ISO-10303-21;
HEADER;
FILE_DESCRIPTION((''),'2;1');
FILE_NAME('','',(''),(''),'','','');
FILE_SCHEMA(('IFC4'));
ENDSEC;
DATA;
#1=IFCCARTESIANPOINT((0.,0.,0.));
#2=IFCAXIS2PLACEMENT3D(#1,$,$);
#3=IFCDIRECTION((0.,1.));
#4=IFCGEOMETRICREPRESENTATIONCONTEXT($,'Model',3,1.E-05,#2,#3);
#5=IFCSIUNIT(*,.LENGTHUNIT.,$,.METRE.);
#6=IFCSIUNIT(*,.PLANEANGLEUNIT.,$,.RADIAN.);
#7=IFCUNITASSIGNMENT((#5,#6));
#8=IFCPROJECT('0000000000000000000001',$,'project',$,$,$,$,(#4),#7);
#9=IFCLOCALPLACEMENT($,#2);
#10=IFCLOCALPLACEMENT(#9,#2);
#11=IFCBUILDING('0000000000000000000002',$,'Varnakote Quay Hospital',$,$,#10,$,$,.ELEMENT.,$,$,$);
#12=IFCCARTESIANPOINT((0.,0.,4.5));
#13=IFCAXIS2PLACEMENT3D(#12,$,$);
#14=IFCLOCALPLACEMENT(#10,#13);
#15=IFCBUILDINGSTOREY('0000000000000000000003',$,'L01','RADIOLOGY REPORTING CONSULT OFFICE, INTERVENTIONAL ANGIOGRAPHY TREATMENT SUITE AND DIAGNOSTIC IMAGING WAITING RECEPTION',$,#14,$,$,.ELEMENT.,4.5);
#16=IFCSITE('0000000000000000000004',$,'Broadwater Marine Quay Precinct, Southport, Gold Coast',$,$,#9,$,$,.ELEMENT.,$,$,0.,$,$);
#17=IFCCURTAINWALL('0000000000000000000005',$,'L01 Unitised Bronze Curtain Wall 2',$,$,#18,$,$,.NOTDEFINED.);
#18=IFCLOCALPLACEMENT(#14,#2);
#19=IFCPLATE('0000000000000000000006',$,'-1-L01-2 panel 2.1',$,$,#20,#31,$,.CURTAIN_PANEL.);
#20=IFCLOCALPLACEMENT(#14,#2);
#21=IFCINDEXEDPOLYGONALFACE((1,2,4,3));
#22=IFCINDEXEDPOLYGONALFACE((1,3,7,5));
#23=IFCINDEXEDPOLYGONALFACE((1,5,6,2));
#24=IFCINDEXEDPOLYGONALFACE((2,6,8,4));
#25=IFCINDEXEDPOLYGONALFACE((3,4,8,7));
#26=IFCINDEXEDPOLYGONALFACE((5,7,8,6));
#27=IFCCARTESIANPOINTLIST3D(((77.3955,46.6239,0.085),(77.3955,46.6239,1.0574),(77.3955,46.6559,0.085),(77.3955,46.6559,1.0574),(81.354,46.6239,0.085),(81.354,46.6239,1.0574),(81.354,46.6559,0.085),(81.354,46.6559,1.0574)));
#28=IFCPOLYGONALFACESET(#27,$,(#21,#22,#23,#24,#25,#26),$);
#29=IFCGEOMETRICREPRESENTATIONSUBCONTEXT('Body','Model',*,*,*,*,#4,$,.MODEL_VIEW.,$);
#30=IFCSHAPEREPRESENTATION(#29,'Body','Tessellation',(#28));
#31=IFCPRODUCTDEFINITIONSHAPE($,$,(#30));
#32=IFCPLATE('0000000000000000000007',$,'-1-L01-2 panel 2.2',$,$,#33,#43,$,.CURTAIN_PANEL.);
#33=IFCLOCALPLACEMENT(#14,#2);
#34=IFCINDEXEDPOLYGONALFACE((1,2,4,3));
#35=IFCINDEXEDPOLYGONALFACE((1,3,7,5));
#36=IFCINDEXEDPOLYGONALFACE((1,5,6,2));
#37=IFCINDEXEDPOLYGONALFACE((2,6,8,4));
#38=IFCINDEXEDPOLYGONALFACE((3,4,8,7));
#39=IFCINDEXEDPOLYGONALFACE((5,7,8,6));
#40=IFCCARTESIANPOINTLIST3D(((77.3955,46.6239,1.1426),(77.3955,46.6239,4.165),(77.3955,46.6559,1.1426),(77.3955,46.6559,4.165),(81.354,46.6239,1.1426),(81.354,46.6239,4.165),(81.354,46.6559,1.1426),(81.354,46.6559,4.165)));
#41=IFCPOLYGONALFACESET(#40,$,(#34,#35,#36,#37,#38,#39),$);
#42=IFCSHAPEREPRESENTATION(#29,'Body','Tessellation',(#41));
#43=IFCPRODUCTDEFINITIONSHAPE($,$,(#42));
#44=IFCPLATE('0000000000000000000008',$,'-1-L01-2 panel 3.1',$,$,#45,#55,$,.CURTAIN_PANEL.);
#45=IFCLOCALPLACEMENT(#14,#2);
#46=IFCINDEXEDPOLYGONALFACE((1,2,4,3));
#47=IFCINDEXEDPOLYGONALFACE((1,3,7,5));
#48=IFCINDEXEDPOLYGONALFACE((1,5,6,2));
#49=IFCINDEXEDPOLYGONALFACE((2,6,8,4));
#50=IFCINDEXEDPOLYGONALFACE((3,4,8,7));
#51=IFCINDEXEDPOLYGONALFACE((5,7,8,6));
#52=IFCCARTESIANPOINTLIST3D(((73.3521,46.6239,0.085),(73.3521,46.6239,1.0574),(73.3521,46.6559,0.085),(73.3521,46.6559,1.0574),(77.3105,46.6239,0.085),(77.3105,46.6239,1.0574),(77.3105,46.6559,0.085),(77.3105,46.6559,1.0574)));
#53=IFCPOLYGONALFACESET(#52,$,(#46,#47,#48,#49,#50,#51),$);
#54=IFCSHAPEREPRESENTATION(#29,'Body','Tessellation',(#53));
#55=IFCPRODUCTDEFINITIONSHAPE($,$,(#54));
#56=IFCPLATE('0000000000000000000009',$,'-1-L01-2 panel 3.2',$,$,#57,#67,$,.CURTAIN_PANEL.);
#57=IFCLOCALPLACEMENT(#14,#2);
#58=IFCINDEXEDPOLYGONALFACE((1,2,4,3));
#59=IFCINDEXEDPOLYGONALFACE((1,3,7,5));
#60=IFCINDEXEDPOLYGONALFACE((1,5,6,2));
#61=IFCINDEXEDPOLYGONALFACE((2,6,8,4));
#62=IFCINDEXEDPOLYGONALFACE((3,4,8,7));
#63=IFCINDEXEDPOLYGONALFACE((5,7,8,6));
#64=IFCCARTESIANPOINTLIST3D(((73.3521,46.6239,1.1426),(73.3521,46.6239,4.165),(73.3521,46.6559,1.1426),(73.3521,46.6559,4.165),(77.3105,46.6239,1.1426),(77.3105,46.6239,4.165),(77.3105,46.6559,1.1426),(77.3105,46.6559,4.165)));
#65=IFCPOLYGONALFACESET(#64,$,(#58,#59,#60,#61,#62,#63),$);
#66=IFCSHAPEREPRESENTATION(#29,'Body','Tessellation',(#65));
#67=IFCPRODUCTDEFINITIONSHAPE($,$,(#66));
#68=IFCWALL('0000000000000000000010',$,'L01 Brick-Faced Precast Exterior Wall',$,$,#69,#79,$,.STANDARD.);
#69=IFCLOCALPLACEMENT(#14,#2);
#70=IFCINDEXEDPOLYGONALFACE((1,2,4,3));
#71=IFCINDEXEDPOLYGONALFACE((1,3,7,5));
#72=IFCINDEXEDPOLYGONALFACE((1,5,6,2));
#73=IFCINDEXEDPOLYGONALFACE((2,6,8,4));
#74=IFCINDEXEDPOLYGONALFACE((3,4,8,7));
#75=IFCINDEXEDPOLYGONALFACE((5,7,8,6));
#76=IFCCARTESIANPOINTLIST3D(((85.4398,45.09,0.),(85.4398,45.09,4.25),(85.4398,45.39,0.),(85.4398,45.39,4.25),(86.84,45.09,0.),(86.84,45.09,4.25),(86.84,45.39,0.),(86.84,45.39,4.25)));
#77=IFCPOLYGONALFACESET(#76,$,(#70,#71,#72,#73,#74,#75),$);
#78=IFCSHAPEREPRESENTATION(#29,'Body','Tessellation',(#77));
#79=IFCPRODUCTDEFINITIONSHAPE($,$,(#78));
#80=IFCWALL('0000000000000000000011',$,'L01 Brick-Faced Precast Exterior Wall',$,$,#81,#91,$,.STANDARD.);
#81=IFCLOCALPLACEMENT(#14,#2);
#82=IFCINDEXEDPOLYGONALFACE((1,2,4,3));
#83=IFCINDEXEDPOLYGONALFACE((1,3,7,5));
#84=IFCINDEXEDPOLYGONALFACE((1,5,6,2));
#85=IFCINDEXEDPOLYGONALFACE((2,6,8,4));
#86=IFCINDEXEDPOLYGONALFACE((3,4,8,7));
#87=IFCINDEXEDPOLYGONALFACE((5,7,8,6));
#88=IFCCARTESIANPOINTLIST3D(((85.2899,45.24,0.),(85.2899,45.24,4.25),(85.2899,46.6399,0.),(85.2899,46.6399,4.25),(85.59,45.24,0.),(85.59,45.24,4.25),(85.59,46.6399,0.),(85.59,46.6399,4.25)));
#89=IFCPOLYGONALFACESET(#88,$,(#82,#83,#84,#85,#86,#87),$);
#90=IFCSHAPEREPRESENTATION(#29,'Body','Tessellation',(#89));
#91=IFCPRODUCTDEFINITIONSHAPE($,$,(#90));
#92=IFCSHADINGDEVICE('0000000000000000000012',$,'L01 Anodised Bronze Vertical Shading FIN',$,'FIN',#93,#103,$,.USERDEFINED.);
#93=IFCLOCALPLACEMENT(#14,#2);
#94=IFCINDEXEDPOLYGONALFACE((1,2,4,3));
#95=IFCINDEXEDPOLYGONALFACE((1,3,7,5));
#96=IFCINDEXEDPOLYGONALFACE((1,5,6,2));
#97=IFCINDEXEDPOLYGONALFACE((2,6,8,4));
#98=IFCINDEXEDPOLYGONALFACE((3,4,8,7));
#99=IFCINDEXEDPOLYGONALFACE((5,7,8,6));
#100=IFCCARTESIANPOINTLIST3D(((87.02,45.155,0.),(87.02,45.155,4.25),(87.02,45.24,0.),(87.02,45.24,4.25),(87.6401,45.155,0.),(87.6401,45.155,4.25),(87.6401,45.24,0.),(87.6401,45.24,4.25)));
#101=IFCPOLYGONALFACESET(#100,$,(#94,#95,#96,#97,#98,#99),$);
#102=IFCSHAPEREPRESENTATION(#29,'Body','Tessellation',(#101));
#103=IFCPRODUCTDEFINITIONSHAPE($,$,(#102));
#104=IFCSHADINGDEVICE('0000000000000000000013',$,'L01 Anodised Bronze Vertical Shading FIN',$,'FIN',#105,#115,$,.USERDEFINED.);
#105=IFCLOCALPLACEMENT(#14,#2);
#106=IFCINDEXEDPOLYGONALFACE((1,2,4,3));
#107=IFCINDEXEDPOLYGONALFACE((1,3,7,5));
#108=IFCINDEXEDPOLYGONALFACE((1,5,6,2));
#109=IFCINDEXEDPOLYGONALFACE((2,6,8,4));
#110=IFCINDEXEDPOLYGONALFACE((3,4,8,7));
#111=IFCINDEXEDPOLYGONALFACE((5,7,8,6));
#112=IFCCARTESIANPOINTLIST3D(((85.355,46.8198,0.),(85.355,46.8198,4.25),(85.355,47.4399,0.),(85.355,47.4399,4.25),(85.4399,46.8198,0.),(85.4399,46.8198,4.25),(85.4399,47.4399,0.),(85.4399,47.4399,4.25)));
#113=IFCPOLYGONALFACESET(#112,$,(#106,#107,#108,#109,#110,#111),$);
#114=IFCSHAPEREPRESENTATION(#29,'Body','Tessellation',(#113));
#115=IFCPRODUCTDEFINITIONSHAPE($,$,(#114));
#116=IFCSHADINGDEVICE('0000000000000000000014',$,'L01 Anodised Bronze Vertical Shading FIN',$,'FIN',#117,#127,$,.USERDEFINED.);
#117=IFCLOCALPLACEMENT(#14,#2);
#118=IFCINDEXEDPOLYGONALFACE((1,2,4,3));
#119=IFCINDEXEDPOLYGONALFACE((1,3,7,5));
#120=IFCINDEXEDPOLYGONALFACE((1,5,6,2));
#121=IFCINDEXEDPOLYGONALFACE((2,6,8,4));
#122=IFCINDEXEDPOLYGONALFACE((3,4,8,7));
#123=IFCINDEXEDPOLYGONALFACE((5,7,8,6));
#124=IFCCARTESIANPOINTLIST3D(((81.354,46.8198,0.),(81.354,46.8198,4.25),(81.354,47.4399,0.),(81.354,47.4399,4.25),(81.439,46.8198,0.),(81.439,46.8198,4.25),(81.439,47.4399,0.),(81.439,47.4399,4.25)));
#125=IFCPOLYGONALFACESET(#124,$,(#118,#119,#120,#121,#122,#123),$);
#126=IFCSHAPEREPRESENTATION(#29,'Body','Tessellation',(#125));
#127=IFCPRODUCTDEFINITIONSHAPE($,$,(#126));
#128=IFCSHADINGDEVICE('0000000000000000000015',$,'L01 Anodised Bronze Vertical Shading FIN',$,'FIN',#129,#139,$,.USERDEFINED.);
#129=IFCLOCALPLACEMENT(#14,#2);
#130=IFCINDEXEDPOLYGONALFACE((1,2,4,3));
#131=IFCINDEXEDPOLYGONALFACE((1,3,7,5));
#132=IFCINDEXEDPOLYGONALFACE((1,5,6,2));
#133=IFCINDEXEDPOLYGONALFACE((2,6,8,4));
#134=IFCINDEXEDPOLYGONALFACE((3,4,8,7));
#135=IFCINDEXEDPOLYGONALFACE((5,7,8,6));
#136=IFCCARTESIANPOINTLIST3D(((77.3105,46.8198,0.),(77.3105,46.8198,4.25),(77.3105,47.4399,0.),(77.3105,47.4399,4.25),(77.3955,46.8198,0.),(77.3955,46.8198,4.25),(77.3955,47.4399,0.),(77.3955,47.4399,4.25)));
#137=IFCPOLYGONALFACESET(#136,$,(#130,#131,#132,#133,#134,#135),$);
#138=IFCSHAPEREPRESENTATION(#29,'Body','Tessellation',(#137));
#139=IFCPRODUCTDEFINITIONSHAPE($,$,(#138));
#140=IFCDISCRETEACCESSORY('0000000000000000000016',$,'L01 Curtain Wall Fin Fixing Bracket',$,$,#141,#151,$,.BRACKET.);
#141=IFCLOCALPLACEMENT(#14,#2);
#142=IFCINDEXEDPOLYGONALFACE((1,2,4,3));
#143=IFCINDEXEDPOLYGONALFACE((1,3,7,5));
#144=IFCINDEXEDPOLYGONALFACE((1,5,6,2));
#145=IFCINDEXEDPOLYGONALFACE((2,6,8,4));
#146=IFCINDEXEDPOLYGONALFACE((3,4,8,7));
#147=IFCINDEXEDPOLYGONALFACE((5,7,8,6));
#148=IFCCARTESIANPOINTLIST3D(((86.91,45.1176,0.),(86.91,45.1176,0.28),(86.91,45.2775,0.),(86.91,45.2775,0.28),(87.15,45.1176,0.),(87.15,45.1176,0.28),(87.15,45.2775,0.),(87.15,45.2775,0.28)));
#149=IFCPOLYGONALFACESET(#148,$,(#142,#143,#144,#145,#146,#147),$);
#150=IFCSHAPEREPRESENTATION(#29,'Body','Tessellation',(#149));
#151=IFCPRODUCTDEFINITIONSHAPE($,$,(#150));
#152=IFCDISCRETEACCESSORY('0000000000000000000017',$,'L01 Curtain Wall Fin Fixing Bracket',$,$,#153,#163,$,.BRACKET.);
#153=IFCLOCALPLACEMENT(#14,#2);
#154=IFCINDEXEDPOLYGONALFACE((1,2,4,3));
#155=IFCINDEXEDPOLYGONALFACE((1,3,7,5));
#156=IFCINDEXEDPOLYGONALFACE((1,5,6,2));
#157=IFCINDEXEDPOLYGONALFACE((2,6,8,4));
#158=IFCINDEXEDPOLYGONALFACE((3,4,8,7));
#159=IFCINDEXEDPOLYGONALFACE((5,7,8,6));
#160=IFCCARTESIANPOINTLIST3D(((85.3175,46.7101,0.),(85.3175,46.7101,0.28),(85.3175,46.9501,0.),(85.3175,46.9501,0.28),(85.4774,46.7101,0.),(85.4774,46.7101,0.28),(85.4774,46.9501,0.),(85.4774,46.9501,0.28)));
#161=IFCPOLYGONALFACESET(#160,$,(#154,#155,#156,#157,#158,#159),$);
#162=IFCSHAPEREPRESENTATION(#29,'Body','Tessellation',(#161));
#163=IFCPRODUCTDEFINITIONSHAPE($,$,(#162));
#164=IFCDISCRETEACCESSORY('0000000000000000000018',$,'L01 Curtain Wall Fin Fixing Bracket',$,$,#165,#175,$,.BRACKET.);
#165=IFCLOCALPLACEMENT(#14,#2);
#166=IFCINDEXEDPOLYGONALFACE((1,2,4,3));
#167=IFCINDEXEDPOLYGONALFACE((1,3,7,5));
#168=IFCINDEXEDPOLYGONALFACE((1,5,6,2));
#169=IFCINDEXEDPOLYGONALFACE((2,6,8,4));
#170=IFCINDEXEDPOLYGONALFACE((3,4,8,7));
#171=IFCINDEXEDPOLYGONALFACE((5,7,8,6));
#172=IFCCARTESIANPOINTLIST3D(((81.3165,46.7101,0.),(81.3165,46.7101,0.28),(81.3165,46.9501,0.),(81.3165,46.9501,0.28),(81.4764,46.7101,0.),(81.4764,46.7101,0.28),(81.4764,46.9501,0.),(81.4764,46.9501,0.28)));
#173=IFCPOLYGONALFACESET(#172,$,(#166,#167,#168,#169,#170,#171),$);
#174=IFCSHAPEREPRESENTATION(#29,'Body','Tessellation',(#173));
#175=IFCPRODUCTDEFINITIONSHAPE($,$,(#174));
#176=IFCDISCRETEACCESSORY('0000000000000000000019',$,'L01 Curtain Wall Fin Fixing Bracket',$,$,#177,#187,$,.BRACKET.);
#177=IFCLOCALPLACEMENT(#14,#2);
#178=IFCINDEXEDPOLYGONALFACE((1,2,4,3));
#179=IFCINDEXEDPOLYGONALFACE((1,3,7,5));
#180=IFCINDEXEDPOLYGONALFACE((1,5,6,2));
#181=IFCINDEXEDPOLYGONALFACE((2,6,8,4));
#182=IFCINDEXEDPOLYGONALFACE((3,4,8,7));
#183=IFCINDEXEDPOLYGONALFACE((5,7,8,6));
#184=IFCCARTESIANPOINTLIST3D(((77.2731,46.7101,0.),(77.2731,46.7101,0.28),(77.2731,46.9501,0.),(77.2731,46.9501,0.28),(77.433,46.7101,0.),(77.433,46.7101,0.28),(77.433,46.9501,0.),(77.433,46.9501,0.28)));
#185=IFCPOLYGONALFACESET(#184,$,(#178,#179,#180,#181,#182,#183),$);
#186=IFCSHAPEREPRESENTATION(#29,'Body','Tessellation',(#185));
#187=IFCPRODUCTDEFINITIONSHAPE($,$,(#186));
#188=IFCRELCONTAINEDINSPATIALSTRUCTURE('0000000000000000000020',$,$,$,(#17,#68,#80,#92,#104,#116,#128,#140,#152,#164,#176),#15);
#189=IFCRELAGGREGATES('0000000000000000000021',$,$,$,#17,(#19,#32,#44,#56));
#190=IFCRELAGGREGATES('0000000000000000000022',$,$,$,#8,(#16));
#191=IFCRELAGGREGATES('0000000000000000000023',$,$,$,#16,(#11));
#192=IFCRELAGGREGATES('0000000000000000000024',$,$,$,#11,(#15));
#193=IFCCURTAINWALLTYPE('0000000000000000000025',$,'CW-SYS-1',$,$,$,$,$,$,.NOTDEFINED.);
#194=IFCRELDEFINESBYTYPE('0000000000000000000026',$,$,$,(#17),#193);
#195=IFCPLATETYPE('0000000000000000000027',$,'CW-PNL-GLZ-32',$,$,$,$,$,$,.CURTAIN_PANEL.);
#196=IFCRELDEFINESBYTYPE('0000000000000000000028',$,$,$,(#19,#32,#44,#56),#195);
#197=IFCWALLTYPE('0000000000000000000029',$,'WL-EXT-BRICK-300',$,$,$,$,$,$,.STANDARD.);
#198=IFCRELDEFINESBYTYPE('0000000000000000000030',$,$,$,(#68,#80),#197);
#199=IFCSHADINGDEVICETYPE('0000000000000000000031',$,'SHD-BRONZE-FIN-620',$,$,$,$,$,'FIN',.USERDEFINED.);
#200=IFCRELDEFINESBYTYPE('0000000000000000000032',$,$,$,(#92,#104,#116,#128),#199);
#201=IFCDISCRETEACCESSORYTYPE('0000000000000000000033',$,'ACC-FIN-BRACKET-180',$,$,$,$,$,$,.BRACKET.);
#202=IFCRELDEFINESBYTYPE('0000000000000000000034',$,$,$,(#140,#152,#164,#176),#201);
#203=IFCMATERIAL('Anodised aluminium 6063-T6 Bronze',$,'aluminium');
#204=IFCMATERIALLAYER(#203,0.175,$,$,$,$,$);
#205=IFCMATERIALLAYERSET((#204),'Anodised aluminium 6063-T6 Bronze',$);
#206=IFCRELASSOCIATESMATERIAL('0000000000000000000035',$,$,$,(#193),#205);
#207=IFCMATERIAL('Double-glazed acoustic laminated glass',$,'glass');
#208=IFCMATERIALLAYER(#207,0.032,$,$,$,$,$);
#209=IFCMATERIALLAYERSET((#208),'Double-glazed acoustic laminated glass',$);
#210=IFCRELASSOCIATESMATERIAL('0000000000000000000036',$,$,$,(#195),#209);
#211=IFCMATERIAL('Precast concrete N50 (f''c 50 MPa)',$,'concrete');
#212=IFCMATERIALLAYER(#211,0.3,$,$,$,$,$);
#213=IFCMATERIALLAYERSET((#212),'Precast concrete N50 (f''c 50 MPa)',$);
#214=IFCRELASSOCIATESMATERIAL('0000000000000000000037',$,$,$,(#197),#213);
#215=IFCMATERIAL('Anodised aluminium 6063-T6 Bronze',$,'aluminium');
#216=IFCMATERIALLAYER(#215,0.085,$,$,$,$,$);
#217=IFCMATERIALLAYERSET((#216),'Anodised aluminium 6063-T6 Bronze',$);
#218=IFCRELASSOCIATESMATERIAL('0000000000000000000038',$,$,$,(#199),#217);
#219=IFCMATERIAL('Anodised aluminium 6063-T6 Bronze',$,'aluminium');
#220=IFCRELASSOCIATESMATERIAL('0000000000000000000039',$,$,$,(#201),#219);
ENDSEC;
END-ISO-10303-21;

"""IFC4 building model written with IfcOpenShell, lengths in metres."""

from ifc_helpers import new_model, si_unit, direction, frame, frame_2d, origin, origin_2d, place, context, subcontext, project, spatial, rectangle, extrude, material, layer, layer_set, type_object, element, aggregate, save


model = new_model("IFC4")

# Units and contexts
model_context = context("Model", 3, precision=1e-05, world=origin(), true_north=direction((0.0, 1.0)))
body_context = subcontext(model_context, "Body", "Model", "MODEL_VIEW")
ifc_project = project(units=[si_unit("LENGTHUNIT", "METRE"), si_unit("PLANEANGLEUNIT", "RADIAN")], contexts=[model_context])

# Site, building, storey
site_placement = place(None, origin())
site = spatial("IfcSite", under=ifc_project, at=site_placement, Name="Broadwater Marine Quay Precinct, Southport, Gold Coast", CompositionType="ELEMENT", RefElevation=0.0)
building_placement = place(site_placement, origin())
building = spatial("IfcBuilding", under=site, at=building_placement, Name="Varnakote Quay Hospital", CompositionType="ELEMENT")
storey_placement = place(building_placement, frame((0.0, 0.0, 4.5)))
storey = spatial("IfcBuildingStorey", under=building, at=storey_placement, Name="L01", Description="RADIOLOGY REPORTING CONSULT OFFICE, INTERVENTIONAL ANGIOGRAPHY TREATMENT SUITE AND DIAGNOSTIC IMAGING WAITING RECEPTION", CompositionType="ELEMENT", Elevation=4.5)

# Shared definitions
ifc_material_1 = material(Name="Anodised aluminium 6063-T6 Bronze", Category="aluminium")
ifc_layer_1 = layer(ifc_material_1, 0.175)
ifc_layer_set_1 = layer_set([ifc_layer_1], Name="Anodised aluminium 6063-T6 Bronze")
curtain_wall_type = type_object("IfcCurtainWallType", Name="CW-SYS-1", PredefinedType="NOTDEFINED", material=ifc_layer_set_1)

# Curtain wall
curtain_wall_1_placement = place(storey_placement, origin())
curtain_wall_1 = element("IfcCurtainWall", 1, at=curtain_wall_1_placement, inside=storey, type_object=curtain_wall_type, Name="L01 Unitised Bronze Curtain Wall 2", PredefinedType="NOTDEFINED")

# Plates
ifc_material_2 = material(Name="Double-glazed acoustic laminated glass", Category="glass")
ifc_layer_2 = layer(ifc_material_2, 0.032)
ifc_layer_set_2 = layer_set([ifc_layer_2], Name="Double-glazed acoustic laminated glass")
plate_type = type_object("IfcPlateType", Name="CW-PNL-GLZ-32", PredefinedType="CURTAIN_PANEL", material=ifc_layer_set_2)
plate_1_placement = place(storey_placement, frame((79.3748, 46.6399, 0.085), z_axis=(0.0, 0.0, 1.0), x_axis=(-1.0, 0.0, 0.0)))
plate_1 = element("IfcPlate", 2, at=plate_1_placement, type_object=plate_type, Name="-1-L01-2 panel 2.1", PredefinedType="CURTAIN_PANEL", context=body_context, shape_type="SweptSolid", body=[
    extrude(rectangle(XDim=3.9585, YDim=0.032, at=origin_2d()), origin(), (0.0, 0.0, 1.0), 0.9724),
])
plate_2_placement = place(storey_placement, frame((79.3748, 46.6399, 1.1426), z_axis=(0.0, 0.0, 1.0), x_axis=(-1.0, 0.0, 0.0)))
plate_2 = element("IfcPlate", 3, at=plate_2_placement, type_object=plate_type, Name="-1-L01-2 panel 2.2", PredefinedType="CURTAIN_PANEL", context=body_context, shape_type="SweptSolid", body=[
    extrude(rectangle(XDim=3.9585, YDim=0.032, at=origin_2d()), origin(), (0.0, 0.0, 1.0), 3.0225),
])
plate_3_placement = place(storey_placement, frame((75.3313, 46.6399, 0.085), z_axis=(0.0, 0.0, 1.0), x_axis=(-1.0, 0.0, 0.0)))
plate_3 = element("IfcPlate", 4, at=plate_3_placement, type_object=plate_type, Name="-1-L01-2 panel 3.1", PredefinedType="CURTAIN_PANEL", context=body_context, shape_type="SweptSolid", body=[
    extrude(rectangle(XDim=3.9585, YDim=0.032, at=origin_2d()), origin(), (0.0, 0.0, 1.0), 0.9724),
])
plate_4_placement = place(storey_placement, frame((75.3313, 46.6399, 1.1426), z_axis=(0.0, 0.0, 1.0), x_axis=(-1.0, 0.0, 0.0)))
plate_4 = element("IfcPlate", 5, at=plate_4_placement, type_object=plate_type, Name="-1-L01-2 panel 3.2", PredefinedType="CURTAIN_PANEL", context=body_context, shape_type="SweptSolid", body=[
    extrude(rectangle(XDim=3.9585, YDim=0.032, at=origin_2d()), origin(), (0.0, 0.0, 1.0), 3.0225),
])
aggregate(curtain_wall_1, [plate_1, plate_2, plate_3, plate_4])

# Walls
ifc_material_3 = material(Name="Precast concrete N50 (f'c 50 MPa)", Category="concrete")
ifc_layer_3 = layer(ifc_material_3, 0.3)
ifc_layer_set_3 = layer_set([ifc_layer_3], Name="Precast concrete N50 (f'c 50 MPa)")
wall_type = type_object("IfcWallType", Name="WL-EXT-BRICK-300", PredefinedType="STANDARD", material=ifc_layer_set_3)
wall_1_placement = place(storey_placement, frame((86.8401, 45.24, 0.0), z_axis=(0.0, 0.0, 1.0), x_axis=(-1.0, 0.0, 0.0)))
element("IfcWall", 6, at=wall_1_placement, inside=storey, type_object=wall_type, Name="L01 Brick-Faced Precast Exterior Wall", PredefinedType="STANDARD", context=body_context, shape_type="SweptSolid", body=[
    extrude(rectangle(XDim=1.4001, YDim=0.3, at=frame_2d((0.7002, 0.0))), origin(), (0.0, 0.0, 1.0), 4.25),
])
wall_2_placement = place(storey_placement, frame((85.4399, 45.24, 0.0), z_axis=(0.0, 0.0, 1.0), x_axis=(0.0, 1.0, 0.0)))
element("IfcWall", 7, at=wall_2_placement, inside=storey, type_object=wall_type, Name="L01 Brick-Faced Precast Exterior Wall", PredefinedType="STANDARD", context=body_context, shape_type="SweptSolid", body=[
    extrude(rectangle(XDim=1.3999, YDim=0.3, at=frame_2d((0.7, 0.0))), origin(), (0.0, 0.0, 1.0), 4.25),
])

# Shading devices
ifc_material_4 = material(Name="Anodised aluminium 6063-T6 Bronze", Category="aluminium")
ifc_layer_4 = layer(ifc_material_4, 0.085)
ifc_layer_set_4 = layer_set([ifc_layer_4], Name="Anodised aluminium 6063-T6 Bronze")
shading_device_type = type_object("IfcShadingDeviceType", Name="SHD-BRONZE-FIN-620", ElementType="FIN", PredefinedType="USERDEFINED", material=ifc_layer_set_4)
for number, where, z_axis, x_axis, name in (
    (8, (87.3301, 45.1975, 0.0), (0.0, 0.0, 1.0), (-1.0, 0.0, 0.0), "L01 Anodised Bronze Vertical Shading FIN"),
    (9, (85.3975, 47.1299, 0.0), (0.0, 0.0, 1.0), (0.0, -1.0, 0.0), "L01 Anodised Bronze Vertical Shading FIN"),
    (10, (81.3965, 47.1299, 0.0), (0.0, 0.0, 1.0), (0.0, -1.0, 0.0), "L01 Anodised Bronze Vertical Shading FIN"),
    (11, (77.353, 47.1299, 0.0), (0.0, 0.0, 1.0), (0.0, -1.0, 0.0), "L01 Anodised Bronze Vertical Shading FIN"),
):
    element("IfcShadingDevice", number, at=place(storey_placement, frame(where, z_axis=z_axis, x_axis=x_axis)), inside=storey, type_object=shading_device_type, Name=name, ObjectType="FIN", PredefinedType="USERDEFINED", context=body_context, shape_type="SweptSolid", body=[
        extrude(rectangle(XDim=0.6201, YDim=0.085, at=origin_2d()), origin(), (0.0, 0.0, 1.0), 4.25),
    ])

# Discrete accessories
ifc_material_5 = material(Name="Anodised aluminium 6063-T6 Bronze", Category="aluminium")
discrete_accessory_type = type_object("IfcDiscreteAccessoryType", Name="ACC-FIN-BRACKET-180", PredefinedType="BRACKET", material=ifc_material_5)
for number, where, z_axis, x_axis, name in (
    (12, (87.03, 45.1975, 0.0), (0.0, 0.0, 1.0), (0.0, 1.0, 0.0), "L01 Curtain Wall Fin Fixing Bracket"),
    (13, (85.3975, 46.8301, 0.0), (0.0, 0.0, 1.0), (-1.0, 0.0, 0.0), "L01 Curtain Wall Fin Fixing Bracket"),
    (14, (81.3965, 46.8301, 0.0), (0.0, 0.0, 1.0), (-1.0, 0.0, 0.0), "L01 Curtain Wall Fin Fixing Bracket"),
    (15, (77.353, 46.8301, 0.0), (0.0, 0.0, 1.0), (-1.0, 0.0, 0.0), "L01 Curtain Wall Fin Fixing Bracket"),
):
    element("IfcDiscreteAccessory", number, at=place(storey_placement, frame(where, z_axis=z_axis, x_axis=x_axis)), inside=storey, type_object=discrete_accessory_type, Name=name, PredefinedType="BRACKET", context=body_context, shape_type="SweptSolid", body=[
        extrude(rectangle(XDim=0.1599, YDim=0.24, at=origin_2d()), origin(), (0.0, 0.0, 1.0), 0.28),
    ])

save(model, "model.ifc")
